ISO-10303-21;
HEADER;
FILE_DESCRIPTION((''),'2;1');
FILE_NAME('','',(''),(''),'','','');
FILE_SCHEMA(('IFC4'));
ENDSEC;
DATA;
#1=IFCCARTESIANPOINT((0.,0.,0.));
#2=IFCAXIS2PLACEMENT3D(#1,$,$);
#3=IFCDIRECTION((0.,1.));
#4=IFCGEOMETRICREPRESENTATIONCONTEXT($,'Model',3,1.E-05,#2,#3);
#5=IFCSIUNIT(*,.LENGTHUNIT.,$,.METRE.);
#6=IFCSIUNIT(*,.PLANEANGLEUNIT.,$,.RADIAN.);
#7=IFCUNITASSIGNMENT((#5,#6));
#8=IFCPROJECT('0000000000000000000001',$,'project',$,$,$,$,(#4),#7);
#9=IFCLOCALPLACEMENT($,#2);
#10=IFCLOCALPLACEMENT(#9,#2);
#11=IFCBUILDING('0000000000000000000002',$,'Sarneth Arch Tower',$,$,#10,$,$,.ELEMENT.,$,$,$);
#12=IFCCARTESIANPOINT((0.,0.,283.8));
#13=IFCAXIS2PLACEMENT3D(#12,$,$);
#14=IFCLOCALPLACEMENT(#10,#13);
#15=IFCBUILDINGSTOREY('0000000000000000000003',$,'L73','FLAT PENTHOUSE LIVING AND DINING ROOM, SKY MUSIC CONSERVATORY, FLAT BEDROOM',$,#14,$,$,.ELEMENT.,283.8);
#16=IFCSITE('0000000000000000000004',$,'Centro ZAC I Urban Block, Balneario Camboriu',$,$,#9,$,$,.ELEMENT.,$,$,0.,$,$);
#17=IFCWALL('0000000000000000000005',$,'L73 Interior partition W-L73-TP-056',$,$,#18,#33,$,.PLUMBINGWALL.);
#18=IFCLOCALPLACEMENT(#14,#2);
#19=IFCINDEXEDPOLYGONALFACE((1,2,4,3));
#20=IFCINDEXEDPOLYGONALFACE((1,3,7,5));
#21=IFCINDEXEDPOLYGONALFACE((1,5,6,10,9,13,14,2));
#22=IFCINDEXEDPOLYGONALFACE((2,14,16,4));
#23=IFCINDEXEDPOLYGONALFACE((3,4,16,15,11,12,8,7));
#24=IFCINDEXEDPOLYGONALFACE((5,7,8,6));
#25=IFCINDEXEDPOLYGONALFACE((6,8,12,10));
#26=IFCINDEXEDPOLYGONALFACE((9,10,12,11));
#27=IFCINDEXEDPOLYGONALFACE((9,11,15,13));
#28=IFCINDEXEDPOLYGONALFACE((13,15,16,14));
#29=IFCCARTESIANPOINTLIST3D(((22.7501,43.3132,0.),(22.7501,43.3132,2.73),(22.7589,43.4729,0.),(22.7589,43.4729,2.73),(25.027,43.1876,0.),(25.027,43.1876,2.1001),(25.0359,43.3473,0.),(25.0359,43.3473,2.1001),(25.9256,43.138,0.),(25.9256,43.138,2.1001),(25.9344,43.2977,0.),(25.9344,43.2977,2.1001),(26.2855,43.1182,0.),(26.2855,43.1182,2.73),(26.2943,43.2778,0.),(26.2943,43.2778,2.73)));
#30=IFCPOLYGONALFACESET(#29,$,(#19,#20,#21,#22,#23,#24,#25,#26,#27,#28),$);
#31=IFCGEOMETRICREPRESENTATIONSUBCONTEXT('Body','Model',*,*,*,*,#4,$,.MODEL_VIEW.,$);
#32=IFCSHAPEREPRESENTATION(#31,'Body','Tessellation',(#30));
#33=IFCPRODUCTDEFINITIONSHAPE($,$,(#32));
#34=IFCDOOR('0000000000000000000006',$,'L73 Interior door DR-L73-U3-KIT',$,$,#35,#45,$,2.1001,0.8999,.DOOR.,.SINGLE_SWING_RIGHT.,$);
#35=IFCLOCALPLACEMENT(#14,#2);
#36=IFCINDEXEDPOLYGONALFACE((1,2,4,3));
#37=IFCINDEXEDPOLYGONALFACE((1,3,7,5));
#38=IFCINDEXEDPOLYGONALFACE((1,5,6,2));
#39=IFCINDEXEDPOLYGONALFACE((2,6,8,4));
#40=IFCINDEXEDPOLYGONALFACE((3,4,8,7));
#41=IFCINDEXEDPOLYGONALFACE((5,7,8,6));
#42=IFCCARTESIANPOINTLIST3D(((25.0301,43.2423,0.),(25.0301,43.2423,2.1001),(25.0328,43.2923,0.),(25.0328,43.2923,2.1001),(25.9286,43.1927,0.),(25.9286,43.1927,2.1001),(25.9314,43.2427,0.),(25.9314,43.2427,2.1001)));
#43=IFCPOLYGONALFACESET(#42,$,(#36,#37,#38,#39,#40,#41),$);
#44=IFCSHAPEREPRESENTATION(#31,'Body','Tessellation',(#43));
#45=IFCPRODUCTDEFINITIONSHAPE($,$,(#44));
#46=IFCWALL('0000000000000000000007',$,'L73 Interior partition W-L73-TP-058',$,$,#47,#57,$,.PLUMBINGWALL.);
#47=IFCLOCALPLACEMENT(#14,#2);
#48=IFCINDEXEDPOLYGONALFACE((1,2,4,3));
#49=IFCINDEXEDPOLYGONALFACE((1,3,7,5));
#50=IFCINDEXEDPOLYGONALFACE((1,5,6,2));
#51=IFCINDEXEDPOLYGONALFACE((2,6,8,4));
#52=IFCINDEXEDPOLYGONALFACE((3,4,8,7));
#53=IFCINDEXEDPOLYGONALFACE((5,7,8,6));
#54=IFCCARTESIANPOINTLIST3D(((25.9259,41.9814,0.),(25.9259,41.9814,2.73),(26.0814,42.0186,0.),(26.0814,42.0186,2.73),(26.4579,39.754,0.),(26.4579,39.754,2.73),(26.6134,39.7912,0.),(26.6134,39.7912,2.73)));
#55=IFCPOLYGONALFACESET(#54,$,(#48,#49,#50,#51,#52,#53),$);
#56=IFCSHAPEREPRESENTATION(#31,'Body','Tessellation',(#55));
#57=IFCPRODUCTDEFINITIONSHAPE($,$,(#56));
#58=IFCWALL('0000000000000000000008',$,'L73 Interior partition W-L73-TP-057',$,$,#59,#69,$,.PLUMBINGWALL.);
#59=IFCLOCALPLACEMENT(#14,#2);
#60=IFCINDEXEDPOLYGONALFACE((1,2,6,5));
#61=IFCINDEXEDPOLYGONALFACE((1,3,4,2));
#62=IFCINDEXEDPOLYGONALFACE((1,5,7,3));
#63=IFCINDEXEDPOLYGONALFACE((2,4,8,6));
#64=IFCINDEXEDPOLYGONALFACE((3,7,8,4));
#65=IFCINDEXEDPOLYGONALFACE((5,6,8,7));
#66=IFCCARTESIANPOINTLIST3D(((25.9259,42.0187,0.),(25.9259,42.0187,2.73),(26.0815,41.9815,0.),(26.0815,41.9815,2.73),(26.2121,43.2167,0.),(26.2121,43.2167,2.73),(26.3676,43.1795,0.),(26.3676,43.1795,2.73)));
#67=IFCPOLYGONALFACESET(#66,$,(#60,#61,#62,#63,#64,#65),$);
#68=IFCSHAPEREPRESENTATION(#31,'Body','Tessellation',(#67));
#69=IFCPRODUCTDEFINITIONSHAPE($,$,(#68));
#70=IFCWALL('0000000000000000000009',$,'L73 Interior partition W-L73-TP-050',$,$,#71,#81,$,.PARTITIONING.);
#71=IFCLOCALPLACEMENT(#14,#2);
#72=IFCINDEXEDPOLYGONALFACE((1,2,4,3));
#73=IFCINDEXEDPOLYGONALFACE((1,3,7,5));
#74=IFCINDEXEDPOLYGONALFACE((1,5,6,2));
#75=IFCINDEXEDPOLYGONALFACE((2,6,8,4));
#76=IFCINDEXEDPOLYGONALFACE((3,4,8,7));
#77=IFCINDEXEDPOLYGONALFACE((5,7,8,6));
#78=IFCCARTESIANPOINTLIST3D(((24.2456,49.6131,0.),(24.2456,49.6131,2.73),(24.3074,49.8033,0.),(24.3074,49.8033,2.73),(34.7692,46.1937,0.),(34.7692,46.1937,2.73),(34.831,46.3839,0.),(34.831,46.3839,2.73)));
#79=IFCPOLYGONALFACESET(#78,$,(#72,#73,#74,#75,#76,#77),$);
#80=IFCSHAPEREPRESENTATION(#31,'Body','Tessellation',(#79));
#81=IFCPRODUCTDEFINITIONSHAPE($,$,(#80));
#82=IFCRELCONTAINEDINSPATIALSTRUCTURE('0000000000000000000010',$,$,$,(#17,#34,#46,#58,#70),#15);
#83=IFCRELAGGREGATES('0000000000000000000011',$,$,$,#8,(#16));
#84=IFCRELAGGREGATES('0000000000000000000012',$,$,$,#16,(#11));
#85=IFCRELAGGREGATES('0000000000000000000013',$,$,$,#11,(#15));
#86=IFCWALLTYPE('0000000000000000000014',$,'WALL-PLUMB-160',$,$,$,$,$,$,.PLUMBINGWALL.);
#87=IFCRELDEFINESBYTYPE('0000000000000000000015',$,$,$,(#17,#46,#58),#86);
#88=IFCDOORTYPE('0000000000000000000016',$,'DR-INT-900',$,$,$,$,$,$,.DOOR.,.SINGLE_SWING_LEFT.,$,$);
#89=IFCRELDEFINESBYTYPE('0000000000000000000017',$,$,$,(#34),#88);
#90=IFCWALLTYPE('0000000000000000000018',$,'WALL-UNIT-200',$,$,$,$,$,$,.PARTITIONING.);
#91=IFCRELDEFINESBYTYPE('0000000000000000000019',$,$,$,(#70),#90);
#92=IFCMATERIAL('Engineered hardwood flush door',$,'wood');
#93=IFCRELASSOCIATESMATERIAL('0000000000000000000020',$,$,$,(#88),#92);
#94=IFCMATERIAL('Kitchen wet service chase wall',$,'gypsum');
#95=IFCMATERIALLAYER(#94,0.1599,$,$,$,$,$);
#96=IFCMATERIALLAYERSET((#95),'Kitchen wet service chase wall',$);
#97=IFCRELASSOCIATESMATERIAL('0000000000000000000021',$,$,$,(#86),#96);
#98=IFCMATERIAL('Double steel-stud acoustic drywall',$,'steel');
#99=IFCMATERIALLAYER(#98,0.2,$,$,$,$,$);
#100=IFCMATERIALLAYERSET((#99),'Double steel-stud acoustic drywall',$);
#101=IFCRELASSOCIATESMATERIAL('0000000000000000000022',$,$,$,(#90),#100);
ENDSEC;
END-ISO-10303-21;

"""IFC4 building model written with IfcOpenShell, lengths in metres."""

from ifc_helpers import new_model, si_unit, direction, frame, frame_2d, origin, place, context, subcontext, project, spatial, rectangle, extrude, material, layer, layer_set, type_object, element, fill, save


model = new_model("IFC4")

# Units and contexts
model_context = context("Model", 3, precision=1e-05, world=origin(), true_north=direction((0.0, 1.0)))
body_context = subcontext(model_context, "Body", "Model", "MODEL_VIEW")
ifc_project = project(units=[si_unit("LENGTHUNIT", "METRE"), si_unit("PLANEANGLEUNIT", "RADIAN")], contexts=[model_context])

# Site, building, storey
site_placement = place(None, origin())
site = spatial("IfcSite", under=ifc_project, at=site_placement, Name="Centro ZAC I Urban Block, Balneario Camboriu", CompositionType="ELEMENT", RefElevation=0.0)
building_placement = place(site_placement, origin())
building = spatial("IfcBuilding", under=site, at=building_placement, Name="Sarneth Arch Tower", CompositionType="ELEMENT")
storey_placement = place(building_placement, frame((0.0, 0.0, 283.8)))
storey = spatial("IfcBuildingStorey", under=building, at=storey_placement, Name="L73", Description="FLAT PENTHOUSE LIVING AND DINING ROOM, SKY MUSIC CONSERVATORY, FLAT BEDROOM", CompositionType="ELEMENT", Elevation=283.8)

# Shared definitions
ifc_material_1 = material(Name="Engineered hardwood flush door", Category="wood")
door_type_1 = type_object("IfcDoorType", Name="DR-INT-900", OperationType="SINGLE_SWING_LEFT", PredefinedType="DOOR", material=ifc_material_1)

# Wall, opening, door
ifc_material_2 = material(Name="Kitchen wet service chase wall", Category="gypsum")
ifc_layer_1 = layer(ifc_material_2, 0.1599)
ifc_layer_set_1 = layer_set([ifc_layer_1], Name="Kitchen wet service chase wall")
wall_type_1 = type_object("IfcWallType", Name="WALL-PLUMB-160", PredefinedType="PLUMBINGWALL", material=ifc_layer_set_1)
wall_1_placement = place(storey_placement, frame((22.7544, 43.3931, 0.0), z_axis=(0.0, 0.0, 1.0), x_axis=(0.998481, -0.055092, 0.0)))
wall_1 = element("IfcWall", 1, at=wall_1_placement, inside=storey, type_object=wall_type_1, Name="L73 Interior partition W-L73-TP-056", PredefinedType="PLUMBINGWALL", context=body_context, shape_type="SweptSolid", body=[
    extrude(rectangle(XDim=3.5408, YDim=0.1599, at=frame_2d((1.7705, 0.0))), origin(), (0.0, 0.0, 1.0), 2.73),
])
opening_1_placement = place(wall_1_placement, frame((2.2805, 0.0, 0.0)))
opening_1 = element("IfcOpeningElement", 2, at=opening_1_placement, cuts=wall_1, PredefinedType="OPENING", context=body_context, shape_type="SweptSolid", body=[
    extrude(rectangle(XDim=0.8999, YDim=2.1001, at=frame_2d((0.45, 1.05))), frame((0.0, 0.0898, 0.0), z_axis=(0.0, -1.0, 0.0), x_axis=(1.0, 0.0, 0.0)), (0.0, 0.0, 1.0), 0.1799),
])
door_1_placement = place(opening_1_placement, origin())
door_1 = element("IfcDoor", 3, at=door_1_placement, inside=storey, type_object=door_type_1, Name="L73 Interior door DR-L73-U3-KIT", OperationType="SINGLE_SWING_RIGHT", OverallHeight=2.1001, OverallWidth=0.8999, PredefinedType="DOOR", context=body_context, shape_type="SweptSolid", body=[
    extrude(rectangle(XDim=0.8999, YDim=2.1001, at=frame_2d((0.45, 1.05))), frame((0.0, 0.0249, 0.0), z_axis=(0.0, -1.0, 0.0), x_axis=(1.0, 0.0, 0.0)), (0.0, 0.0, 1.0), 0.05),
])
fill(opening_1, door_1)

# Walls
wall_2_placement = place(storey_placement, frame((26.0037, 42.0, 0.0), z_axis=(0.0, 0.0, 1.0), x_axis=(0.232312, -0.972641, 0.0)))
element("IfcWall", 4, at=wall_2_placement, inside=storey, type_object=wall_type_1, Name="L73 Interior partition W-L73-TP-058", PredefinedType="PLUMBINGWALL", context=body_context, shape_type="SweptSolid", body=[
    extrude(rectangle(XDim=2.29, YDim=0.1599, at=frame_2d((1.145, 0.0))), origin(), (0.0, 0.0, 1.0), 2.73),
])
wall_3_placement = place(storey_placement, frame((26.2898, 43.198, 0.0), z_axis=(0.0, 0.0, 1.0), x_axis=(-0.232308, -0.972642, 0.0)))
element("IfcWall", 5, at=wall_3_placement, inside=storey, type_object=wall_type_1, Name="L73 Interior partition W-L73-TP-057", PredefinedType="PLUMBINGWALL", context=body_context, shape_type="SweptSolid", body=[
    extrude(rectangle(XDim=1.2317, YDim=0.1599, at=frame_2d((0.6157, 0.0))), origin(), (0.0, 0.0, 1.0), 2.73),
])
ifc_material_3 = material(Name="Double steel-stud acoustic drywall", Category="steel")
ifc_layer_2 = layer(ifc_material_3, 0.2)
ifc_layer_set_2 = layer_set([ifc_layer_2], Name="Double steel-stud acoustic drywall")
wall_type_2 = type_object("IfcWallType", Name="WALL-UNIT-200", PredefinedType="PARTITIONING", material=ifc_layer_set_2)
wall_4_placement = place(storey_placement, frame((24.2764, 49.7083, 0.0), z_axis=(0.0, 0.0, 1.0), x_axis=(0.951054, -0.309024, 0.0)))
element("IfcWall", 6, at=wall_4_placement, inside=storey, type_object=wall_type_2, Name="L73 Interior partition W-L73-TP-050", PredefinedType="PARTITIONING", context=body_context, shape_type="SweptSolid", body=[
    extrude(rectangle(XDim=11.0652, YDim=0.2, at=frame_2d((5.5327, 0.0))), origin(), (0.0, 0.0, 1.0), 2.73),
])

save(model, "model.ifc")
